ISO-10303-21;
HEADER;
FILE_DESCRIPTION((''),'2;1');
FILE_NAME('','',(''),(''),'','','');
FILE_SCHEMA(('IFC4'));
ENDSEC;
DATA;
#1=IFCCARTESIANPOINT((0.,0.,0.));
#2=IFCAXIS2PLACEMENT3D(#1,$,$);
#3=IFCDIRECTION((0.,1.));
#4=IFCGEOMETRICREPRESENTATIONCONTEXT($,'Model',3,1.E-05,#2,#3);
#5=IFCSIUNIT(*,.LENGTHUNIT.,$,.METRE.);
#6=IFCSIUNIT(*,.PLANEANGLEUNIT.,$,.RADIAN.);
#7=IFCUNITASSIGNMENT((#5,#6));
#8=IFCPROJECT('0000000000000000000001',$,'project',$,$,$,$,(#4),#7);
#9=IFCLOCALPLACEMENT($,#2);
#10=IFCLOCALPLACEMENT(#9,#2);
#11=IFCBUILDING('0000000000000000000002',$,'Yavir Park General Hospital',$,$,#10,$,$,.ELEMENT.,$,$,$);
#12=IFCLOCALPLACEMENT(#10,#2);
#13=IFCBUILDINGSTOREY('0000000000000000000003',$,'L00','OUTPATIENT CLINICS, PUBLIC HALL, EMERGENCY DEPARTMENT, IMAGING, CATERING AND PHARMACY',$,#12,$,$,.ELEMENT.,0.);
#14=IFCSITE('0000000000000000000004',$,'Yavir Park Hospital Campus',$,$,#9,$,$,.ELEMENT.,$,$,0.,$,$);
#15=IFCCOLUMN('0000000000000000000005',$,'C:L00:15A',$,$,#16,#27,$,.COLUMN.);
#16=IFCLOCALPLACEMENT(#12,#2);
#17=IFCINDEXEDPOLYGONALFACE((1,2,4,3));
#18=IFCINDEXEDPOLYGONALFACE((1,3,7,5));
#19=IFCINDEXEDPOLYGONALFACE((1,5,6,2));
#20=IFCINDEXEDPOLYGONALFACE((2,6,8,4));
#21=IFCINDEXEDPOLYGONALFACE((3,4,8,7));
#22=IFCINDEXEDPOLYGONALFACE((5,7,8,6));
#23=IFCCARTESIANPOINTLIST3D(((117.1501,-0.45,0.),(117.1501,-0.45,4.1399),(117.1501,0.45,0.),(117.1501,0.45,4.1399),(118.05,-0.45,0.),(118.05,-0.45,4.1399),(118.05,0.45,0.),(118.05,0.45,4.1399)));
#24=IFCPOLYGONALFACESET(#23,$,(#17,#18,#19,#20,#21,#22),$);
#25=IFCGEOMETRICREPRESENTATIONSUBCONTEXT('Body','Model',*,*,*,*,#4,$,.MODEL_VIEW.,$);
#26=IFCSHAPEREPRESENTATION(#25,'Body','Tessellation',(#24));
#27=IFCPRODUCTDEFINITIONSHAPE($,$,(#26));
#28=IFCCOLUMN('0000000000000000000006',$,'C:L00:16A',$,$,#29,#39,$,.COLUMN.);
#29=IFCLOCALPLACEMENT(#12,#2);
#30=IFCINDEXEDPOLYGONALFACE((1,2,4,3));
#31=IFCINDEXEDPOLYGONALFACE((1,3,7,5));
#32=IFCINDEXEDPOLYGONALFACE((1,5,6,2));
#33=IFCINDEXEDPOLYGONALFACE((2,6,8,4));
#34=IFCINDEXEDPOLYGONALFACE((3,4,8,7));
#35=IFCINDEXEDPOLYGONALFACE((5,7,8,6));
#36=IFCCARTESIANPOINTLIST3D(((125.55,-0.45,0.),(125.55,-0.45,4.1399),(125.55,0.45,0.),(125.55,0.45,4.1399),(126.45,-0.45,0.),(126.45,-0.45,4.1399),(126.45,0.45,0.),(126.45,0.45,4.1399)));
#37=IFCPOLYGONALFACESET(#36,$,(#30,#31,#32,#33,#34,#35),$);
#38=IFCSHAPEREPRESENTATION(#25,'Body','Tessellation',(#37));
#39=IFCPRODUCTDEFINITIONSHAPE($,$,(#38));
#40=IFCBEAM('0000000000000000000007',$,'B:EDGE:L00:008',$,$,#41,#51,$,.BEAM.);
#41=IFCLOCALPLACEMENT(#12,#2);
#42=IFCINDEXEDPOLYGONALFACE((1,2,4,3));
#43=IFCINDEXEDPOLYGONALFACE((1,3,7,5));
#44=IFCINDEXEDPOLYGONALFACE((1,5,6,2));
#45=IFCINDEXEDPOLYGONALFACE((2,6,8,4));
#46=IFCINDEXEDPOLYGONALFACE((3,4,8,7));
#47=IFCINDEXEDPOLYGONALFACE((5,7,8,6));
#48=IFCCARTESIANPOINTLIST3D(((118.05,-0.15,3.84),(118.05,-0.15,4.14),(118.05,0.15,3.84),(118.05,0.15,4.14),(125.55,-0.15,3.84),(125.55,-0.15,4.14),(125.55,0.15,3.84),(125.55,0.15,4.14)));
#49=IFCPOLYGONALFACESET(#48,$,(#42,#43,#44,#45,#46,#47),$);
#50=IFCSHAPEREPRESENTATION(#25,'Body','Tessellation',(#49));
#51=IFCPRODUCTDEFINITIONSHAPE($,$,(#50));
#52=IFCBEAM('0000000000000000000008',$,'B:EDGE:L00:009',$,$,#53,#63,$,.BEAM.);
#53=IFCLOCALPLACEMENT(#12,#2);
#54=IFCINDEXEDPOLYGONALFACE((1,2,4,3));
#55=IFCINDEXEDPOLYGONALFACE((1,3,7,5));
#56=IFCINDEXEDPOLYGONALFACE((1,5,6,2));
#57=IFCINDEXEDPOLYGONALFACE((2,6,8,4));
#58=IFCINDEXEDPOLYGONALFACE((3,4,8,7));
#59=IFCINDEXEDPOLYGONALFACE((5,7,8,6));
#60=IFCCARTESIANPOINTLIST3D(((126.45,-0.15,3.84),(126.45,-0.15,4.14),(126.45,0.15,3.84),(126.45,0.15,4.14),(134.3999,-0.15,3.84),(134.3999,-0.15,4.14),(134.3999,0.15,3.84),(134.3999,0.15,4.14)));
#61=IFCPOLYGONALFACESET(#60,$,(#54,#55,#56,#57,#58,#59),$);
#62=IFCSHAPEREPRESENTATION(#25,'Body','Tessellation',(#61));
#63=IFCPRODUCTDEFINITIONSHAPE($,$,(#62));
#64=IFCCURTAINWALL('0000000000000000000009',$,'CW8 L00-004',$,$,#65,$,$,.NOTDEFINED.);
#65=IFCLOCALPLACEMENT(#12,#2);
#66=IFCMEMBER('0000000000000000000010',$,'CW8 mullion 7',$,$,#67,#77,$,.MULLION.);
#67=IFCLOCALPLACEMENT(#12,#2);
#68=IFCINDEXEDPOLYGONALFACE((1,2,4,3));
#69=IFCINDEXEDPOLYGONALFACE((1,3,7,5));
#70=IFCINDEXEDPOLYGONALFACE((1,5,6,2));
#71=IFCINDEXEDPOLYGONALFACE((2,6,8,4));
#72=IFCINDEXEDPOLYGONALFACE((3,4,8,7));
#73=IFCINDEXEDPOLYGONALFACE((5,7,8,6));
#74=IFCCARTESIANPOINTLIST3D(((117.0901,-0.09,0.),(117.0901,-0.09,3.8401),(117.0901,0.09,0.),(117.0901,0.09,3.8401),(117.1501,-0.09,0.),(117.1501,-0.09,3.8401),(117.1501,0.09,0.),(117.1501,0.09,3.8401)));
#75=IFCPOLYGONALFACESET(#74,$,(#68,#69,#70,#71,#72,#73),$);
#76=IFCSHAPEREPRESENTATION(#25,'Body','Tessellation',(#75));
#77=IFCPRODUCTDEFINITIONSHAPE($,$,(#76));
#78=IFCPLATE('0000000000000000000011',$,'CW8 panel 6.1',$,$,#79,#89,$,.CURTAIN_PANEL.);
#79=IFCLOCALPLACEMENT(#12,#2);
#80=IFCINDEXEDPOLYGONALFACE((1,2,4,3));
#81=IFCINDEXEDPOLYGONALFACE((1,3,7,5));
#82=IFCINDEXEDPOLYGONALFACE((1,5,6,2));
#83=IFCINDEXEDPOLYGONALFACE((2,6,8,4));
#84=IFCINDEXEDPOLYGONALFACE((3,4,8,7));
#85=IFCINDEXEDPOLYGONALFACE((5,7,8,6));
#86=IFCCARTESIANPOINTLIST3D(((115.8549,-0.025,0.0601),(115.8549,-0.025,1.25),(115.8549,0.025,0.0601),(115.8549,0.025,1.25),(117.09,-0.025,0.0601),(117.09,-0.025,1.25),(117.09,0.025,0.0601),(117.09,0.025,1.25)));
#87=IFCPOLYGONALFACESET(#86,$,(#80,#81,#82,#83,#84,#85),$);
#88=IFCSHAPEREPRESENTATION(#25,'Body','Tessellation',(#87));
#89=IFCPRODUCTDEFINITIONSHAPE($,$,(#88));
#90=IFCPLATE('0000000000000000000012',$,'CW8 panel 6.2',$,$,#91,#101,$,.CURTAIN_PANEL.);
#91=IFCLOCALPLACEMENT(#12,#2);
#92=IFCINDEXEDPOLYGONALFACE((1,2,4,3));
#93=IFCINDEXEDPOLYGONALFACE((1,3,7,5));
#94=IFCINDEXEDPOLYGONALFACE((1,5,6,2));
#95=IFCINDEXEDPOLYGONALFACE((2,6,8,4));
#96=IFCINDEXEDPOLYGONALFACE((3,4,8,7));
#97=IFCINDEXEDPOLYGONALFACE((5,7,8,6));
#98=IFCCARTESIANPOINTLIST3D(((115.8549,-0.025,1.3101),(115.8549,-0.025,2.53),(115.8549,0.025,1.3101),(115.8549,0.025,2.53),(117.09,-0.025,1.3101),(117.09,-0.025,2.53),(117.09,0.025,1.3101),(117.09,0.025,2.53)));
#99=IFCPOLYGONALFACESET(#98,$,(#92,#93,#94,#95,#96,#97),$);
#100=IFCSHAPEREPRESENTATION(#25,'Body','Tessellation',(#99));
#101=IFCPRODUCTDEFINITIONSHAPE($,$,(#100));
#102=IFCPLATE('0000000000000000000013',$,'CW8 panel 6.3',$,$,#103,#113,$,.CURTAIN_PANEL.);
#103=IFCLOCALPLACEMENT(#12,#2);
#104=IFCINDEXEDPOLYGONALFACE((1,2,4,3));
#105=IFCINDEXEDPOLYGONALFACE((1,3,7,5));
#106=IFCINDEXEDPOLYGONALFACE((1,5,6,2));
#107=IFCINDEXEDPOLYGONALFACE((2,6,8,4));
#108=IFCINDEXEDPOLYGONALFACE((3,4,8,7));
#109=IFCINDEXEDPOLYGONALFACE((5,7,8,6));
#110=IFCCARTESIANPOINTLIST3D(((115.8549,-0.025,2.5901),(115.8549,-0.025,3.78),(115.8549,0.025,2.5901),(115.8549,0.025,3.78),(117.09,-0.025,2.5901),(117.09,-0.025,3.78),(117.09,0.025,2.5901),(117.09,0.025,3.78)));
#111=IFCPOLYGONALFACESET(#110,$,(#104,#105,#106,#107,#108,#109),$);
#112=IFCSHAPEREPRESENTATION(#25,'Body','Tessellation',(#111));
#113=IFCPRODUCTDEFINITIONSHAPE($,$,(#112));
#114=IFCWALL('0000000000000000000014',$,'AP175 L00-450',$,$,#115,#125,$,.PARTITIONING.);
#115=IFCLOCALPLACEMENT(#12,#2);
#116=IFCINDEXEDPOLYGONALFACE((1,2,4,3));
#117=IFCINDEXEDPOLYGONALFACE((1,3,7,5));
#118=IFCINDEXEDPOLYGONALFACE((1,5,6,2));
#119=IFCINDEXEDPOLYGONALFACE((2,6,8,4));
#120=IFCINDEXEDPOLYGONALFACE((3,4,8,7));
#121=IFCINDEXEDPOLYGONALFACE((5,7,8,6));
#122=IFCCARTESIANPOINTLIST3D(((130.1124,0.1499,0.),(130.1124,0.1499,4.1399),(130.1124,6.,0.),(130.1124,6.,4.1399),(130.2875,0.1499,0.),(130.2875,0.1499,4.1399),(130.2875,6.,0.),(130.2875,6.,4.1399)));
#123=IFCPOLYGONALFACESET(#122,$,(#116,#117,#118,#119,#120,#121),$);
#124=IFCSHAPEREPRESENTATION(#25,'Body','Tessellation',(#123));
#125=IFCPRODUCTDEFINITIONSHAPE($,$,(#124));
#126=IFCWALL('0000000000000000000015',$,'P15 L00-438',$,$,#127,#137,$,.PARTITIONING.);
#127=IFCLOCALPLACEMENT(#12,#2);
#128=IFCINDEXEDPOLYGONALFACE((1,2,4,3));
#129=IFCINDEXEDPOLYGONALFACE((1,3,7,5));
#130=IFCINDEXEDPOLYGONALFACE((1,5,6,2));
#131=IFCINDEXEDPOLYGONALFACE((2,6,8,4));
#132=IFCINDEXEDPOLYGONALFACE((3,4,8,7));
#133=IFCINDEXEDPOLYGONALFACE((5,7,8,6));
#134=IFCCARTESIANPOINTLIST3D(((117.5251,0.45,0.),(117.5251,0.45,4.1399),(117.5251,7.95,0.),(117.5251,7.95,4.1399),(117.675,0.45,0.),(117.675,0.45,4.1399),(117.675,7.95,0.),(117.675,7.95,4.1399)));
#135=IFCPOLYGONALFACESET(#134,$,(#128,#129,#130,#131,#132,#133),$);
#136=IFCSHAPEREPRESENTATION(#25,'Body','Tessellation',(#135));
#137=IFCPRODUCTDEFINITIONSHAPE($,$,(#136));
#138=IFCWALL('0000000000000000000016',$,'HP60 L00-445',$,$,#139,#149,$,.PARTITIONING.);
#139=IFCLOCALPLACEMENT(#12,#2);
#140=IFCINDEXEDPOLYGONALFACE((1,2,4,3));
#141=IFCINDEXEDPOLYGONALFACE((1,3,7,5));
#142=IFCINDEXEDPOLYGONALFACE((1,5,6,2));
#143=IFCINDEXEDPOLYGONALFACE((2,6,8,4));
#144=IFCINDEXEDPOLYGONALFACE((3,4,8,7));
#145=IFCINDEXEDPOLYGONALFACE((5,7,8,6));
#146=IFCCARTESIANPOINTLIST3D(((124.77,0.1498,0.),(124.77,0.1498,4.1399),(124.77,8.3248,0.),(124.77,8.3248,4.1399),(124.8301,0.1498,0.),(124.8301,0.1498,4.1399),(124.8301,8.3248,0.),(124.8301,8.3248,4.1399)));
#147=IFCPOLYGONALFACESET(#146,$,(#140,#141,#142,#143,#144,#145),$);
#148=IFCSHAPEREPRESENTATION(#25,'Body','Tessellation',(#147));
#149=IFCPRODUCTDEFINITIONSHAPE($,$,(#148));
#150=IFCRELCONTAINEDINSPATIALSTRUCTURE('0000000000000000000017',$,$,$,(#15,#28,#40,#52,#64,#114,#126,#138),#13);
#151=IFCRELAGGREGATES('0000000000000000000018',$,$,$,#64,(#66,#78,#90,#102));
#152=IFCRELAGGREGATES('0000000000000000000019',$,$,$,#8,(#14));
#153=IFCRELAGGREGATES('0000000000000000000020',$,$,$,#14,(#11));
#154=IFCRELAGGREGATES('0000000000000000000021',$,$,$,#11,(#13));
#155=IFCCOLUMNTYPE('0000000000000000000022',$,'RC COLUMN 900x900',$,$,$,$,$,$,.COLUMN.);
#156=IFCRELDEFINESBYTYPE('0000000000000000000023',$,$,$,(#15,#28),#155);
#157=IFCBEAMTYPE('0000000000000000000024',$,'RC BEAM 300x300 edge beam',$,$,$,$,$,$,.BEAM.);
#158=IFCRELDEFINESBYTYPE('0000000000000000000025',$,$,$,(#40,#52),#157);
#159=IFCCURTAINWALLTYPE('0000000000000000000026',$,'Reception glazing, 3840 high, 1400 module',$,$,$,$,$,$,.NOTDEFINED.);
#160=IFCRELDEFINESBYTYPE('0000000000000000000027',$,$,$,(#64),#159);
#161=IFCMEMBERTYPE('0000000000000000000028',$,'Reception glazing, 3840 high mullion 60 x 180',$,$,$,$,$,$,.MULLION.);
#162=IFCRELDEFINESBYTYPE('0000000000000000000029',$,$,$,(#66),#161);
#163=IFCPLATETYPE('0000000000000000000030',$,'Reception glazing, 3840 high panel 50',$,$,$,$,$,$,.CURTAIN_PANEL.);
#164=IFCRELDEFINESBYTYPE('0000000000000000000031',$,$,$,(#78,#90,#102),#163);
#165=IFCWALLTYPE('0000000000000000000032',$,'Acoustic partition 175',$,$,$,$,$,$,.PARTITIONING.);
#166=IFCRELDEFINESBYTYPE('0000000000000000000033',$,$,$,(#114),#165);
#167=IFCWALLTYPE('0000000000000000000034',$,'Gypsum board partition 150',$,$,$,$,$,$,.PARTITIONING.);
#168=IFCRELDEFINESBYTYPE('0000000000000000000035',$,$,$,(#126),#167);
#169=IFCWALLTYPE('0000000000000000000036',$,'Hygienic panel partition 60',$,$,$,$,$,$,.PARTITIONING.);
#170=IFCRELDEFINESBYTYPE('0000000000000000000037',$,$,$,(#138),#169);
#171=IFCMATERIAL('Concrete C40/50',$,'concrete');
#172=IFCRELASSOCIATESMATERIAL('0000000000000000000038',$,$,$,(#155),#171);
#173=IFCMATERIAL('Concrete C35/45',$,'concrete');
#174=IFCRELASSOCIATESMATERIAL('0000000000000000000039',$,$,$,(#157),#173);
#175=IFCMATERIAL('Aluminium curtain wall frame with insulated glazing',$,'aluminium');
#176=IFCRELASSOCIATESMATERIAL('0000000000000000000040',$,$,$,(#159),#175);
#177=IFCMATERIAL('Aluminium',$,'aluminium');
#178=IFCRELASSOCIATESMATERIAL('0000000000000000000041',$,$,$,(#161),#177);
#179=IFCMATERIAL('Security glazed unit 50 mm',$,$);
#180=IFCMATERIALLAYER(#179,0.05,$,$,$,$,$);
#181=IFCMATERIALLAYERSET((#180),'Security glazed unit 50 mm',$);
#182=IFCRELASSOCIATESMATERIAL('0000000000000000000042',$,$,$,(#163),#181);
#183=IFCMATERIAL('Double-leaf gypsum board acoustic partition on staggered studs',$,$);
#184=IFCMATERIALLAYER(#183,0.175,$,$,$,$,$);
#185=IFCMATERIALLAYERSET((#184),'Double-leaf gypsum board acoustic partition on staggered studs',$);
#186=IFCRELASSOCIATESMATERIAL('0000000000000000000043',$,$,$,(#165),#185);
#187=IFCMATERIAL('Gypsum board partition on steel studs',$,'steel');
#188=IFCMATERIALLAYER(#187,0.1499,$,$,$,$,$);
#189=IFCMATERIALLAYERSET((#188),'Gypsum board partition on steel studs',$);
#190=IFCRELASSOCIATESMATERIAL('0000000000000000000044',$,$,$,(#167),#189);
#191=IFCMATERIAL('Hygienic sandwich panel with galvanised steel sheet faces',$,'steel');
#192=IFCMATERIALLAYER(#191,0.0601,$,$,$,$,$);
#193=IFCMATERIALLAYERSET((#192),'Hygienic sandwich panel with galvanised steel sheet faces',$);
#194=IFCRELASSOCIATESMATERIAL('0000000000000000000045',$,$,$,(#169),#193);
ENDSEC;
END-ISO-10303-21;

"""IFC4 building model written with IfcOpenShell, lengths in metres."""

from ifc_helpers import new_model, si_unit, direction, frame, frame_2d, origin, origin_2d, place, context, subcontext, project, spatial, rectangle, extrude, material, layer, layer_set, material_profile, profile_set, type_object, element, aggregate, save


model = new_model("IFC4")

# Units and contexts
model_context = context("Model", 3, precision=1e-05, world=origin(), true_north=direction((0.0, 1.0)))
body_context = subcontext(model_context, "Body", "Model", "MODEL_VIEW")
ifc_project = project(units=[si_unit("LENGTHUNIT", "METRE"), si_unit("PLANEANGLEUNIT", "RADIAN")], contexts=[model_context])

# Site, building, storey
site_placement = place(None, origin())
site = spatial("IfcSite", under=ifc_project, at=site_placement, Name="Yavir Park Hospital Campus", CompositionType="ELEMENT", RefElevation=0.0)
building_placement = place(site_placement, origin())
building = spatial("IfcBuilding", under=site, at=building_placement, Name="Yavir Park General Hospital", CompositionType="ELEMENT")
storey_placement = place(building_placement, origin())
storey = spatial("IfcBuildingStorey", under=building, at=storey_placement, Name="L00", Description="OUTPATIENT CLINICS, PUBLIC HALL, EMERGENCY DEPARTMENT, IMAGING, CATERING AND PHARMACY", CompositionType="ELEMENT", Elevation=0.0)

# Columns
ifc_material_1 = material(Name="Concrete C40/50", Category="concrete")
ifc_material_profile_1 = material_profile(ifc_material_1, rectangle(XDim=0.8999, YDim=0.8999, at=origin_2d()), Name="RC900x900")
ifc_profile_set_1 = profile_set([ifc_material_profile_1], Name="Concrete C40/50")
column_type = type_object("IfcColumnType", Name="RC COLUMN 900x900", PredefinedType="COLUMN", material=ifc_profile_set_1)
for number, where, z_axis, x_axis, name in (
    (1, (117.6001, 0.0, 0.0), (0.0, 0.0, 1.0), (1.0, 0.0, 0.0), "C:L00:15A"),
    (2, (126.0, 0.0, 0.0), (0.0, 0.0, 1.0), (1.0, 0.0, 0.0), "C:L00:16A"),
):
    element("IfcColumn", number, at=place(storey_placement, frame(where, z_axis=z_axis, x_axis=x_axis)), inside=storey, type_object=column_type, Name=name, PredefinedType="COLUMN", context=body_context, shape_type="SweptSolid", body=[
        extrude(rectangle(XDim=0.8999, YDim=0.8999, at=origin_2d()), origin(), (0.0, 0.0, 1.0), 4.1399),
    ])

# Beams
ifc_material_2 = material(Name="Concrete C35/45", Category="concrete")
ifc_material_profile_2 = material_profile(ifc_material_2, rectangle(XDim=0.3, YDim=0.3, at=origin_2d()), Name="RC300x300")
ifc_profile_set_2 = profile_set([ifc_material_profile_2], Name="Concrete C35/45")
beam_type = type_object("IfcBeamType", Name="RC BEAM 300x300 edge beam", PredefinedType="BEAM", material=ifc_profile_set_2)
beam_1_placement = place(storey_placement, frame((118.05, 0.0, 3.99), z_axis=(1.0, 0.0, 0.0), x_axis=(0.0, 1.0, 0.0)))
element("IfcBeam", 3, at=beam_1_placement, inside=storey, type_object=beam_type, Name="B:EDGE:L00:008", PredefinedType="BEAM", context=body_context, shape_type="SweptSolid", body=[
    extrude(rectangle(XDim=0.3, YDim=0.3, at=origin_2d()), origin(), (0.0, 0.0, 1.0), 7.5),
])
beam_2_placement = place(storey_placement, frame((126.45, 0.0, 3.99), z_axis=(1.0, 0.0, 0.0), x_axis=(0.0, 1.0, 0.0)))
element("IfcBeam", 4, at=beam_2_placement, inside=storey, type_object=beam_type, Name="B:EDGE:L00:009", PredefinedType="BEAM", context=body_context, shape_type="SweptSolid", body=[
    extrude(rectangle(XDim=0.3, YDim=0.3, at=origin_2d()), origin(), (0.0, 0.0, 1.0), 7.95),
])

# Curtain wall, member, plates
ifc_material_3 = material(Name="Aluminium curtain wall frame with insulated glazing", Category="aluminium")
curtain_wall_type = type_object("IfcCurtainWallType", Name="Reception glazing, 3840 high, 1400 module", PredefinedType="NOTDEFINED", material=ifc_material_3)
curtain_wall_placement = place(storey_placement, origin())
curtain_wall = element("IfcCurtainWall", 5, at=curtain_wall_placement, inside=storey, type_object=curtain_wall_type, Name="CW8 L00-004", PredefinedType="NOTDEFINED")
ifc_material_4 = material(Name="Aluminium", Category="aluminium")
ifc_material_profile_3 = material_profile(ifc_material_4, rectangle(XDim=0.1799, YDim=0.0601, at=origin_2d()), Name="AL 60x180")
ifc_profile_set_3 = profile_set([ifc_material_profile_3], Name="Aluminium")
member_type = type_object("IfcMemberType", Name="Reception glazing, 3840 high mullion 60 x 180", PredefinedType="MULLION", material=ifc_profile_set_3)
member_placement = place(storey_placement, frame((117.1201, 0.0, 0.0), z_axis=(0.0, 0.0, 1.0), x_axis=(0.0, 1.0, 0.0)))
member = element("IfcMember", 6, at=member_placement, type_object=member_type, Name="CW8 mullion 7", PredefinedType="MULLION", context=body_context, shape_type="SweptSolid", body=[
    extrude(rectangle(XDim=0.1799, YDim=0.0601, at=origin_2d()), origin(), (0.0, 0.0, 1.0), 3.8401),
])
ifc_material_5 = material(Name="Security glazed unit 50 mm")
ifc_layer_1 = layer(ifc_material_5, 0.05)
ifc_layer_set_1 = layer_set([ifc_layer_1], Name="Security glazed unit 50 mm")
plate_type = type_object("IfcPlateType", Name="Reception glazing, 3840 high panel 50", PredefinedType="CURTAIN_PANEL", material=ifc_layer_set_1)
plate_1_placement = place(storey_placement, frame((116.4724, 0.0, 0.0601), z_axis=(0.0, 0.0, 1.0), x_axis=(1.0, 0.0, 0.0)))
plate_1 = element("IfcPlate", 7, at=plate_1_placement, type_object=plate_type, Name="CW8 panel 6.1", PredefinedType="CURTAIN_PANEL", context=body_context, shape_type="SweptSolid", body=[
    extrude(rectangle(XDim=1.2351, YDim=0.05, at=origin_2d()), origin(), (0.0, 0.0, 1.0), 1.1899),
])
plate_2_placement = place(storey_placement, frame((116.4724, 0.0, 1.3101), z_axis=(0.0, 0.0, 1.0), x_axis=(1.0, 0.0, 0.0)))
plate_2 = element("IfcPlate", 8, at=plate_2_placement, type_object=plate_type, Name="CW8 panel 6.2", PredefinedType="CURTAIN_PANEL", context=body_context, shape_type="SweptSolid", body=[
    extrude(rectangle(XDim=1.2351, YDim=0.05, at=origin_2d()), origin(), (0.0, 0.0, 1.0), 1.22),
])
plate_3_placement = place(storey_placement, frame((116.4724, 0.0, 2.5901), z_axis=(0.0, 0.0, 1.0), x_axis=(1.0, 0.0, 0.0)))
plate_3 = element("IfcPlate", 9, at=plate_3_placement, type_object=plate_type, Name="CW8 panel 6.3", PredefinedType="CURTAIN_PANEL", context=body_context, shape_type="SweptSolid", body=[
    extrude(rectangle(XDim=1.2351, YDim=0.05, at=origin_2d()), origin(), (0.0, 0.0, 1.0), 1.1899),
])
aggregate(curtain_wall, [member, plate_1, plate_2, plate_3])

# Walls
ifc_material_6 = material(Name="Double-leaf gypsum board acoustic partition on staggered studs")
ifc_layer_2 = layer(ifc_material_6, 0.175)
ifc_layer_set_2 = layer_set([ifc_layer_2], Name="Double-leaf gypsum board acoustic partition on staggered studs")
wall_type_1 = type_object("IfcWallType", Name="Acoustic partition 175", PredefinedType="PARTITIONING", material=ifc_layer_set_2)
wall_1_placement = place(storey_placement, frame((130.2, 0.1499, 0.0), z_axis=(0.0, 0.0, 1.0), x_axis=(0.0, 1.0, 0.0)))
element("IfcWall", 10, at=wall_1_placement, inside=storey, type_object=wall_type_1, Name="AP175 L00-450", PredefinedType="PARTITIONING", context=body_context, shape_type="SweptSolid", body=[
    extrude(rectangle(XDim=5.8501, YDim=0.175, at=frame_2d((2.925, 0.0))), origin(), (0.0, 0.0, 1.0), 4.1399),
])
ifc_material_7 = material(Name="Gypsum board partition on steel studs", Category="steel")
ifc_layer_3 = layer(ifc_material_7, 0.1499)
ifc_layer_set_3 = layer_set([ifc_layer_3], Name="Gypsum board partition on steel studs")
wall_type_2 = type_object("IfcWallType", Name="Gypsum board partition 150", PredefinedType="PARTITIONING", material=ifc_layer_set_3)
wall_2_placement = place(storey_placement, frame((117.6001, 0.45, 0.0), z_axis=(0.0, 0.0, 1.0), x_axis=(0.0, 1.0, 0.0)))
element("IfcWall", 11, at=wall_2_placement, inside=storey, type_object=wall_type_2, Name="P15 L00-438", PredefinedType="PARTITIONING", context=body_context, shape_type="SweptSolid", body=[
    extrude(rectangle(XDim=7.5, YDim=0.1499, at=frame_2d((3.75, 0.0))), origin(), (0.0, 0.0, 1.0), 4.1399),
])
ifc_material_8 = material(Name="Hygienic sandwich panel with galvanised steel sheet faces", Category="steel")
ifc_layer_4 = layer(ifc_material_8, 0.0601)
ifc_layer_set_4 = layer_set([ifc_layer_4], Name="Hygienic sandwich panel with galvanised steel sheet faces")
wall_type_3 = type_object("IfcWallType", Name="Hygienic panel partition 60", PredefinedType="PARTITIONING", material=ifc_layer_set_4)
wall_3_placement = place(storey_placement, frame((124.8, 0.1499, 0.0), z_axis=(0.0, 0.0, 1.0), x_axis=(0.0, 1.0, 0.0)))
element("IfcWall", 12, at=wall_3_placement, inside=storey, type_object=wall_type_3, Name="HP60 L00-445", PredefinedType="PARTITIONING", context=body_context, shape_type="SweptSolid", body=[
    extrude(rectangle(XDim=8.175, YDim=0.0601, at=frame_2d((4.0874, 0.0))), origin(), (0.0, 0.0, 1.0), 4.1399),
])

save(model, "model.ifc")
